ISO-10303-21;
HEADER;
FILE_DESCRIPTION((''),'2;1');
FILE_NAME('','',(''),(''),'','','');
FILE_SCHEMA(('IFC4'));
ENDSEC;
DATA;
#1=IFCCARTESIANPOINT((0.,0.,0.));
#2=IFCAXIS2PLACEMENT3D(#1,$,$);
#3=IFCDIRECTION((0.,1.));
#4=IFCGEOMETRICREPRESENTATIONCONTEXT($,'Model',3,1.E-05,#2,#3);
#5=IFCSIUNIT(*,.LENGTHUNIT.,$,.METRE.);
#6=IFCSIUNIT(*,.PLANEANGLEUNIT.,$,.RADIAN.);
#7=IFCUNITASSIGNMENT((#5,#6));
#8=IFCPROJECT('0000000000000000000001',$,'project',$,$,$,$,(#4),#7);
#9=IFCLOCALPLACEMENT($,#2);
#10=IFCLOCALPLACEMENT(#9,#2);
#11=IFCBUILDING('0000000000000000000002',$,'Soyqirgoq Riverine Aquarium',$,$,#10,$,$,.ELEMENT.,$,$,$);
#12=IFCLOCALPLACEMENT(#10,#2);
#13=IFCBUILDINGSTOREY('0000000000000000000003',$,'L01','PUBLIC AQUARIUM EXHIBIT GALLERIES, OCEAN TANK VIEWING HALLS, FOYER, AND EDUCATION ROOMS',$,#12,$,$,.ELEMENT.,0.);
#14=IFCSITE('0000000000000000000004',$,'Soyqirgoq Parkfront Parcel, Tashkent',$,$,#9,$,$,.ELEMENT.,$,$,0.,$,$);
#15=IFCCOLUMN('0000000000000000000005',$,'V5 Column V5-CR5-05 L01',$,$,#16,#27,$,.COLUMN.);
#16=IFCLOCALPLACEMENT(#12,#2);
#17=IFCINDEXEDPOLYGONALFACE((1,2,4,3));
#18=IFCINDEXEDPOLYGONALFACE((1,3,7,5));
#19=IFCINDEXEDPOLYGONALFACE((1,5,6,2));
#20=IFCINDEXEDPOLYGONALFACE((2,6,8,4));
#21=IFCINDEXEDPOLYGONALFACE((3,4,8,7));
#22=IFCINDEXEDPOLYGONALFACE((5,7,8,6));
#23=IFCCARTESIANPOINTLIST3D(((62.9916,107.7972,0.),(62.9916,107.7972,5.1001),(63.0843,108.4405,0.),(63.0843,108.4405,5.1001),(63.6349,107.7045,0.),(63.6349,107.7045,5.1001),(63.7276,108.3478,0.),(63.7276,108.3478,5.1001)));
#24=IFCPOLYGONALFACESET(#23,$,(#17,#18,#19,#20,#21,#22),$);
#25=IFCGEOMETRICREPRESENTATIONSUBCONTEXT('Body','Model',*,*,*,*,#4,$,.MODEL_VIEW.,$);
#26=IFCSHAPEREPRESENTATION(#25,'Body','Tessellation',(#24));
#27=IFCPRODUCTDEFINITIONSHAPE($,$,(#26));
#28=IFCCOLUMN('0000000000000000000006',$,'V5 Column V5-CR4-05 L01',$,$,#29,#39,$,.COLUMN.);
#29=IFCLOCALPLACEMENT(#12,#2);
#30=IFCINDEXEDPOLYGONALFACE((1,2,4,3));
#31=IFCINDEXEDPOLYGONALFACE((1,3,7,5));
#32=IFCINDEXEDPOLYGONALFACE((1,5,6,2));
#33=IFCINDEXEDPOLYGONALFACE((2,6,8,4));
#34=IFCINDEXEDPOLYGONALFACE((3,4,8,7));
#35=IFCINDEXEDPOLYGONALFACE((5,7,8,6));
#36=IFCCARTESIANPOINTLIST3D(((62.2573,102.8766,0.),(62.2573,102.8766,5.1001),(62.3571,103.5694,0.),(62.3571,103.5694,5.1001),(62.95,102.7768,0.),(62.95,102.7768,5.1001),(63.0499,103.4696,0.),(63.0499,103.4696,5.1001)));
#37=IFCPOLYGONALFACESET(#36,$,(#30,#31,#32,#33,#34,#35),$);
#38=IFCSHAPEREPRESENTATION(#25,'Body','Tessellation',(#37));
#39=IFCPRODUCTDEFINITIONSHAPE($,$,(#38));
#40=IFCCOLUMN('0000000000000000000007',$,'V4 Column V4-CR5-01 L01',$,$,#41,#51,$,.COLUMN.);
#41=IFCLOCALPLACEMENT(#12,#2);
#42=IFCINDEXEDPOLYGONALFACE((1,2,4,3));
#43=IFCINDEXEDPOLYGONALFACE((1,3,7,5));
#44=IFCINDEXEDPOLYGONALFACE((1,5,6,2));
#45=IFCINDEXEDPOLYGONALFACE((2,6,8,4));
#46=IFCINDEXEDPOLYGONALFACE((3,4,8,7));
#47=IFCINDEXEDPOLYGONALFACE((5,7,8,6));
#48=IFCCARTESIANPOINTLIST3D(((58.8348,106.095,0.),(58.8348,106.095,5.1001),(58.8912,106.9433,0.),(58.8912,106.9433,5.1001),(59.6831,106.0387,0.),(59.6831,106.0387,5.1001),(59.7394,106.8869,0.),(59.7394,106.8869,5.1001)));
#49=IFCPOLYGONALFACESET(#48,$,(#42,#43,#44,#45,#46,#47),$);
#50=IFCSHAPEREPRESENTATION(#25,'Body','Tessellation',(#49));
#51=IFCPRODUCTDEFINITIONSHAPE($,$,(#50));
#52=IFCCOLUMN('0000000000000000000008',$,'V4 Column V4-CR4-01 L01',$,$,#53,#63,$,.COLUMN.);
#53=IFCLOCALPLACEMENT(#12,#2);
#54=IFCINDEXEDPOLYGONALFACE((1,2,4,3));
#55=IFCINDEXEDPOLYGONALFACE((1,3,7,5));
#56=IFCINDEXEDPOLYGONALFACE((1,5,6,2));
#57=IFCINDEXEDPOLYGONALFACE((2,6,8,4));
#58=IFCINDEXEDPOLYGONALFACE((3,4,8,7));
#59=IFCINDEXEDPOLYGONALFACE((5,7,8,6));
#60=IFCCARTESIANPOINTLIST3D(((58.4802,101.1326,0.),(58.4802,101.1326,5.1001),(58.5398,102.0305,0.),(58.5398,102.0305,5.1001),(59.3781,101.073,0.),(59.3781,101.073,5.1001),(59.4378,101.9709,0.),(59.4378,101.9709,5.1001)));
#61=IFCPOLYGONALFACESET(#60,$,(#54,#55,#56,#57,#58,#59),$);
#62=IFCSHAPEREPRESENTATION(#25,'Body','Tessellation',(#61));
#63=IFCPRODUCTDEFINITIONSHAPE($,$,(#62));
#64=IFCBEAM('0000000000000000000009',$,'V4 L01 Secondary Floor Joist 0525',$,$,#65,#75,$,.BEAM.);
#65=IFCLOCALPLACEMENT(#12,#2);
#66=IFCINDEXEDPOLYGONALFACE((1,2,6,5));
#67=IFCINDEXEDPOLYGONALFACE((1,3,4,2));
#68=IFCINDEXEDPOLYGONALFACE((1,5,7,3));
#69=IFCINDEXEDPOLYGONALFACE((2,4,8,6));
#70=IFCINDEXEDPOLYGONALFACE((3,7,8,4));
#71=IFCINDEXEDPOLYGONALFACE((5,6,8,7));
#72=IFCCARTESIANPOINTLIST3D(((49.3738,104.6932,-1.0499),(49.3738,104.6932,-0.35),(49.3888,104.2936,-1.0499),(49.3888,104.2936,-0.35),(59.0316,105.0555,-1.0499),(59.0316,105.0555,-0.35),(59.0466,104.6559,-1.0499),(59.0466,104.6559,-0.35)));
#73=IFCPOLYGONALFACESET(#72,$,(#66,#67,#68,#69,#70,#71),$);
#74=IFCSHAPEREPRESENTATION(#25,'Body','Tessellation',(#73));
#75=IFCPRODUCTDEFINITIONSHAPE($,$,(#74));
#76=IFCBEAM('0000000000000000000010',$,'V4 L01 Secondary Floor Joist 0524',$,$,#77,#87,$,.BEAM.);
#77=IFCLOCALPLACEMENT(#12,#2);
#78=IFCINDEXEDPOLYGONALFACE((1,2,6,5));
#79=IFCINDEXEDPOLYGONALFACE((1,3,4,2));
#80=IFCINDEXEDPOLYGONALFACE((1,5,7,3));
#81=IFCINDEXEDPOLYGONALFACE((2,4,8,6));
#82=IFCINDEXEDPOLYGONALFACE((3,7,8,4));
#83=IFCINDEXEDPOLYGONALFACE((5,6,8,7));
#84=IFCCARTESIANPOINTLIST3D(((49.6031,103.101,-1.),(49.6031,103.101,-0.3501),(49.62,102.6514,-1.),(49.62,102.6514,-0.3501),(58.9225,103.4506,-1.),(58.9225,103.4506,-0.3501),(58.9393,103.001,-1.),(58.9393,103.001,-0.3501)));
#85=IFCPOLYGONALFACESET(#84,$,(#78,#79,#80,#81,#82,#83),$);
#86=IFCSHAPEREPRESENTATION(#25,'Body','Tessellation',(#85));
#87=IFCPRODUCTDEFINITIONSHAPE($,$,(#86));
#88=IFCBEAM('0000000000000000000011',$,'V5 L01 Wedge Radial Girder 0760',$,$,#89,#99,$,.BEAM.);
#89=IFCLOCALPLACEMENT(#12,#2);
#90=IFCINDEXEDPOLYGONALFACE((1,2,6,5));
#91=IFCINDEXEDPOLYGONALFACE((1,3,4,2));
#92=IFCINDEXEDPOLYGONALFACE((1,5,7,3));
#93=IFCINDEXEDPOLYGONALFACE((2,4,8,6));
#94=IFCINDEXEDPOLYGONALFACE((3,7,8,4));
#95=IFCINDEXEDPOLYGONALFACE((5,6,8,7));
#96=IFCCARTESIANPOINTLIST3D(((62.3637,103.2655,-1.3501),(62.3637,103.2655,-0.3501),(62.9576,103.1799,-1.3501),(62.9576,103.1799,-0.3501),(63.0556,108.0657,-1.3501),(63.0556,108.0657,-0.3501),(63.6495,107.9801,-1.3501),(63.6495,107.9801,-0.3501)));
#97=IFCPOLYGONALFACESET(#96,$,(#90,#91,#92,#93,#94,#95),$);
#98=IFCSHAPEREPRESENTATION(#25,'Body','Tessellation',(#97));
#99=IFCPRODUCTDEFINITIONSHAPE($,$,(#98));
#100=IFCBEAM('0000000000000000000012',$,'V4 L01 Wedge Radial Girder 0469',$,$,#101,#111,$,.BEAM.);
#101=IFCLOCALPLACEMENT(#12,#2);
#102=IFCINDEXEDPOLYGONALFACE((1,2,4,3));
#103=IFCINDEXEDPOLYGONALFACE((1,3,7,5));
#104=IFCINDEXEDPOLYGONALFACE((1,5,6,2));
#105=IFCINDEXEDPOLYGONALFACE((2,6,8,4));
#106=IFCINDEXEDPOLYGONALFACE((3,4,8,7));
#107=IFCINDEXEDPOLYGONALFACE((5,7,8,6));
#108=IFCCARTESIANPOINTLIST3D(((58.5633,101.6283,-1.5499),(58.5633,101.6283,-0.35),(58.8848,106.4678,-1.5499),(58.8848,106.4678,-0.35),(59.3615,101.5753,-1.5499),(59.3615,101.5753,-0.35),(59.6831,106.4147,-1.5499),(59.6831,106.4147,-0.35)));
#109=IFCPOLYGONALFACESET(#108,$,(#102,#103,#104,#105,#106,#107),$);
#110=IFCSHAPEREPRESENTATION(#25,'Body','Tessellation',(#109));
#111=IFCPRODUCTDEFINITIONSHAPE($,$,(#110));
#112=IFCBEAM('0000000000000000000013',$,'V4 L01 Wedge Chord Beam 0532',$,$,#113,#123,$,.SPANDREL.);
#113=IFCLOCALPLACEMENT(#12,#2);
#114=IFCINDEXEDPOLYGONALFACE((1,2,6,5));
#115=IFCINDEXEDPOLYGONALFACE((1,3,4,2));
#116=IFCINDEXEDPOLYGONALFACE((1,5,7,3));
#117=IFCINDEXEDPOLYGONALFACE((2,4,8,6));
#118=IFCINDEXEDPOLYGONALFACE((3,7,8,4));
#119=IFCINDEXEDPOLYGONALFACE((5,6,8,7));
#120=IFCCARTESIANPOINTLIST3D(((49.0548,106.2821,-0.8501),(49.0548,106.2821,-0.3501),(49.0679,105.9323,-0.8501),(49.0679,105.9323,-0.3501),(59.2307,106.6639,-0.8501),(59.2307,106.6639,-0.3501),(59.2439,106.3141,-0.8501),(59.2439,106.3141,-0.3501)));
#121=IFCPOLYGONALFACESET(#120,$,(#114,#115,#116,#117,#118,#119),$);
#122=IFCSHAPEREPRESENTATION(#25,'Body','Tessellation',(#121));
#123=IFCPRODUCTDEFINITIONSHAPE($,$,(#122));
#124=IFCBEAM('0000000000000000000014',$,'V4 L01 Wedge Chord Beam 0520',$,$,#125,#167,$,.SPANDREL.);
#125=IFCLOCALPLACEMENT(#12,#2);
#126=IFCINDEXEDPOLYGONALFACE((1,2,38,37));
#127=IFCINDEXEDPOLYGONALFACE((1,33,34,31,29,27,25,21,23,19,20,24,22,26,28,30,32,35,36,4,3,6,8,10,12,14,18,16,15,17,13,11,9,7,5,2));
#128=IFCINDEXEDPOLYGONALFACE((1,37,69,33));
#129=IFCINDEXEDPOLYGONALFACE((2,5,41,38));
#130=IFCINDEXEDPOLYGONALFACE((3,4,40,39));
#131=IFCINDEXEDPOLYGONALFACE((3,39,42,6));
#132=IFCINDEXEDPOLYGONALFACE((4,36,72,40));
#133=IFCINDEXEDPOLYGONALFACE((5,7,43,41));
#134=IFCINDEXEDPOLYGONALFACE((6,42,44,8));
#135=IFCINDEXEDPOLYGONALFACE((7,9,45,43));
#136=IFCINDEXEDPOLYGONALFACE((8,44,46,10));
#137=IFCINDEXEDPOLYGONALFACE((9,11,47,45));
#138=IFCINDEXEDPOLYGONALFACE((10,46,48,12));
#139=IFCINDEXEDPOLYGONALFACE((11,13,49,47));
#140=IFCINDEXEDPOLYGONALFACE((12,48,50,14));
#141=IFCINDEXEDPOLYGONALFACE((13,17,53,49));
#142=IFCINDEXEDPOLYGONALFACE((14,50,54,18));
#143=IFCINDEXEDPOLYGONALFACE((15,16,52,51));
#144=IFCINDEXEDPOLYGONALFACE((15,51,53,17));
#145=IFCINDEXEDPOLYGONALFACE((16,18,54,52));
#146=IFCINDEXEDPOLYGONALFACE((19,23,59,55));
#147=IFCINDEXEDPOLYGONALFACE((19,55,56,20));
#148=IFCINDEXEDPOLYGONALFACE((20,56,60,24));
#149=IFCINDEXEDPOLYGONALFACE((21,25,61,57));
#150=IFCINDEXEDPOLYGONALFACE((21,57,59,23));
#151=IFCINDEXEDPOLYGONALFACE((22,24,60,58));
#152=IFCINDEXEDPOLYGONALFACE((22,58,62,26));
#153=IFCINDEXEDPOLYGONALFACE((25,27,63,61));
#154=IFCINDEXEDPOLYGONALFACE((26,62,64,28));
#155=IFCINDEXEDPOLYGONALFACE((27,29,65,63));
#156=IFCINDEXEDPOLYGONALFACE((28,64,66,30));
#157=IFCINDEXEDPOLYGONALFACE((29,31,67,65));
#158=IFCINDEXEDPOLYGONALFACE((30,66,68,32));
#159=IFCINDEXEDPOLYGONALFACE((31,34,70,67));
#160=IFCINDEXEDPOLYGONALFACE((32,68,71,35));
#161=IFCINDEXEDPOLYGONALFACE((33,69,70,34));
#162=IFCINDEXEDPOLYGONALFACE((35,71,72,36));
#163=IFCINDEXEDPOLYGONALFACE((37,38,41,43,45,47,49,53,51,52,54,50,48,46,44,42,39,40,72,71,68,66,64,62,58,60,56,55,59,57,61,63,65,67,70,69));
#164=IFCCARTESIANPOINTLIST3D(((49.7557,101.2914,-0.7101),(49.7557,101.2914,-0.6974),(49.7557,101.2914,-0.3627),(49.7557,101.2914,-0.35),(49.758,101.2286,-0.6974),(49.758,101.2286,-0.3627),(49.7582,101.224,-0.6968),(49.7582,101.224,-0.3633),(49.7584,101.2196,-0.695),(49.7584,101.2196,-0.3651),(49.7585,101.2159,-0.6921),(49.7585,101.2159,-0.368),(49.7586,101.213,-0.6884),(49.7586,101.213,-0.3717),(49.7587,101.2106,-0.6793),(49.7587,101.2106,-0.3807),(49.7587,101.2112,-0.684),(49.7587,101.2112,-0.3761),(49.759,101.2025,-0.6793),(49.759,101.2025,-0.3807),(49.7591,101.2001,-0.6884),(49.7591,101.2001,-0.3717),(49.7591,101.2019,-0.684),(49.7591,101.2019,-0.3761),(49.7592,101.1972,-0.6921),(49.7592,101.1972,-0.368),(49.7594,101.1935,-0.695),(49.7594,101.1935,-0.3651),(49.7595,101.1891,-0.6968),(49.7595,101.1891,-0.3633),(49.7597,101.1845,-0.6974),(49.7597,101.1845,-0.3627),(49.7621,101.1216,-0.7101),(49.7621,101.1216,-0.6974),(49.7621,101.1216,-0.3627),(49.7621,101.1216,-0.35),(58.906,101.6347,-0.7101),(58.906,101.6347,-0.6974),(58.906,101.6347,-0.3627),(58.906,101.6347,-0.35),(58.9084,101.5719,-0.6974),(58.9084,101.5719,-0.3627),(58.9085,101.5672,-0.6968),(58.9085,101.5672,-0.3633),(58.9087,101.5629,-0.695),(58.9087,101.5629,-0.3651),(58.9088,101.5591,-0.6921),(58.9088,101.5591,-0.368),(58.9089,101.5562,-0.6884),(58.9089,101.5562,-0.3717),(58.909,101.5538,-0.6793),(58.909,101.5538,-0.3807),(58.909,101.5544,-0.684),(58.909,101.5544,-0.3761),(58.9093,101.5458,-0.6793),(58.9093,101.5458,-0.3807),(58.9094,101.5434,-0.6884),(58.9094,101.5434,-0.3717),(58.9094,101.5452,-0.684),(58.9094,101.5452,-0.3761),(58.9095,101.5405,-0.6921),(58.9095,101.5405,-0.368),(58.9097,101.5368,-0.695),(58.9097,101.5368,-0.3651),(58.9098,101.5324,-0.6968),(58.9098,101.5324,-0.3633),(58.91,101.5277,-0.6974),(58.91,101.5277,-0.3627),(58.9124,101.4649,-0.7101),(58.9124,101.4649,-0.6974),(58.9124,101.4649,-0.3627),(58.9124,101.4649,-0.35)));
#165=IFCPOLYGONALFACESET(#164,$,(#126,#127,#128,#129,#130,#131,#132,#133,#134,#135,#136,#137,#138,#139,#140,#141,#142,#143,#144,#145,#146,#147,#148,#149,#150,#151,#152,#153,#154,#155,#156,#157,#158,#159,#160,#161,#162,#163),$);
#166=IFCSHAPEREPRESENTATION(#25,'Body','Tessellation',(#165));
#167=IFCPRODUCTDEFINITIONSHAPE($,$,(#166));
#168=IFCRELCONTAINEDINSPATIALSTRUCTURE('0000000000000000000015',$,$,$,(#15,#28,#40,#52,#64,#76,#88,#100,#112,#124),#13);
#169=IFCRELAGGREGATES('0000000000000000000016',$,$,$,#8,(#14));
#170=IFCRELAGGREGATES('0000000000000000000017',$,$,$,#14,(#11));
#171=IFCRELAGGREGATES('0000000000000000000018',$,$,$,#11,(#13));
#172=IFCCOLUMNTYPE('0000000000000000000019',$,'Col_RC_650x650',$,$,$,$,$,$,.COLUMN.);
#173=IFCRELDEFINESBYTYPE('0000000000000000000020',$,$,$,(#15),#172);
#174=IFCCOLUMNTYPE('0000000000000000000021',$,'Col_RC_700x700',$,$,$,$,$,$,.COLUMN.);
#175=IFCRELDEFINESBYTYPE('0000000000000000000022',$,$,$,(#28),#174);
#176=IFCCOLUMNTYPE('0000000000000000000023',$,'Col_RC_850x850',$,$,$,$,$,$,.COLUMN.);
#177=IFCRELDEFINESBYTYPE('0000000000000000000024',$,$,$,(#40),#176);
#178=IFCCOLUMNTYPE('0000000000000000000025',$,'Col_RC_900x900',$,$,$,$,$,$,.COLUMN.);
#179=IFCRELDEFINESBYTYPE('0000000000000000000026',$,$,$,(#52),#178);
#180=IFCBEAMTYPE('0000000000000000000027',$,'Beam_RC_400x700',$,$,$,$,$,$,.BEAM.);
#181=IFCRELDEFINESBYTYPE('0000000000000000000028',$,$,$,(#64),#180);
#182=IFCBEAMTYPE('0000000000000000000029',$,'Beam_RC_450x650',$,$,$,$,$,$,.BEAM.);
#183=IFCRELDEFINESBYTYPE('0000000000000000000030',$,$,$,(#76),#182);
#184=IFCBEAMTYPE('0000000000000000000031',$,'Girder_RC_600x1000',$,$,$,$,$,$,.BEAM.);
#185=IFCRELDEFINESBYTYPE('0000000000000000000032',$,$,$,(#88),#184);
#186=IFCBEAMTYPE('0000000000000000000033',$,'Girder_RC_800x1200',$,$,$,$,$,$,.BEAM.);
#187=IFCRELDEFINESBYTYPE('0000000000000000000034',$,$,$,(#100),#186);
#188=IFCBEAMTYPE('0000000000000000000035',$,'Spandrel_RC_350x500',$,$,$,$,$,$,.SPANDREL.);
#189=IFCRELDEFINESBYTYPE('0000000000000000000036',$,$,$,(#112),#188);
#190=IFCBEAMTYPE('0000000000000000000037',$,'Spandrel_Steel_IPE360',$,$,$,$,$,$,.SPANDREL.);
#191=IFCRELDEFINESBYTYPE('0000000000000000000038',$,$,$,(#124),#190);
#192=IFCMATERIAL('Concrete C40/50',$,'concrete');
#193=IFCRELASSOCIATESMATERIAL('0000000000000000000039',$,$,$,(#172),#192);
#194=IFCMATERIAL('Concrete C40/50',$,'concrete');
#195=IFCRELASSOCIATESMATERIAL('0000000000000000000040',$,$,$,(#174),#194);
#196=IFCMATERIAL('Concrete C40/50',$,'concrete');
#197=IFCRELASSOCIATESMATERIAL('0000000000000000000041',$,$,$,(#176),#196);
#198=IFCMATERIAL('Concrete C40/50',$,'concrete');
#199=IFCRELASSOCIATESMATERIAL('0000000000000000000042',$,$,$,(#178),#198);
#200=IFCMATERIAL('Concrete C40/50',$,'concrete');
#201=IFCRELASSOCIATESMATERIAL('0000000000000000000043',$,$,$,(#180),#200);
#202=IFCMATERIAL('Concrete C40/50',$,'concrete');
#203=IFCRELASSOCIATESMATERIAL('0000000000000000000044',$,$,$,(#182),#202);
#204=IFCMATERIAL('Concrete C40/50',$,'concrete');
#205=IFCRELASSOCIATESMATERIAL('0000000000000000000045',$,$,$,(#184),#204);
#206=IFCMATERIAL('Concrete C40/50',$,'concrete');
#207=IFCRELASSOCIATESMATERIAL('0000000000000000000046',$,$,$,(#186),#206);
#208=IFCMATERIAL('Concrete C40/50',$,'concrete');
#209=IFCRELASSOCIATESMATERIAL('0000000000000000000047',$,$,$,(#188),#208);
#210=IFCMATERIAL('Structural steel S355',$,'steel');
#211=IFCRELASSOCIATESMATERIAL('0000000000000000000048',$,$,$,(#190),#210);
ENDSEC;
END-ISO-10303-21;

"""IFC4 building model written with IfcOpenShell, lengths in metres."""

from ifc_helpers import new_model, si_unit, direction, frame, origin, origin_2d, place, context, subcontext, project, spatial, rectangle, i_section, extrude, material, material_profile, profile_set, type_object, element, save


model = new_model("IFC4")

# Units and contexts
model_context = context("Model", 3, precision=1e-05, world=origin(), true_north=direction((0.0, 1.0)))
body_context = subcontext(model_context, "Body", "Model", "MODEL_VIEW")
ifc_project = project(units=[si_unit("LENGTHUNIT", "METRE"), si_unit("PLANEANGLEUNIT", "RADIAN")], contexts=[model_context])

# Site, building, storey
site_placement = place(None, origin())
site = spatial("IfcSite", under=ifc_project, at=site_placement, Name="Soyqirgoq Parkfront Parcel, Tashkent", CompositionType="ELEMENT", RefElevation=0.0)
building_placement = place(site_placement, origin())
building = spatial("IfcBuilding", under=site, at=building_placement, Name="Soyqirgoq Riverine Aquarium", CompositionType="ELEMENT")
storey_placement = place(building_placement, origin())
storey = spatial("IfcBuildingStorey", under=building, at=storey_placement, Name="L01", Description="PUBLIC AQUARIUM EXHIBIT GALLERIES, OCEAN TANK VIEWING HALLS, FOYER, AND EDUCATION ROOMS", CompositionType="ELEMENT", Elevation=0.0)

# Columns
ifc_material_1 = material(Name="Concrete C40/50", Category="concrete")
ifc_material_profile_1 = material_profile(ifc_material_1, rectangle(XDim=0.6499, YDim=0.6499, at=origin_2d()), Name="RC 650x650")
ifc_profile_set_1 = profile_set([ifc_material_profile_1], Name="Concrete C40/50")
column_type_1 = type_object("IfcColumnType", Name="Col_RC_650x650", PredefinedType="COLUMN", material=ifc_profile_set_1)
column_1_placement = place(storey_placement, frame((63.3596, 108.0725, 0.0), z_axis=(0.0, 0.0, 1.0), x_axis=(0.142629, 0.989776, 0.0)))
element("IfcColumn", 1, at=column_1_placement, inside=storey, type_object=column_type_1, Name="V5 Column V5-CR5-05 L01", PredefinedType="COLUMN", context=body_context, shape_type="SweptSolid", body=[
    extrude(rectangle(XDim=0.6499, YDim=0.6499, at=origin_2d()), origin(), (0.0, 0.0, 1.0), 5.1001),
])
ifc_material_2 = material(Name="Concrete C40/50", Category="concrete")
ifc_material_profile_2 = material_profile(ifc_material_2, rectangle(XDim=0.7, YDim=0.7, at=origin_2d()), Name="RC 700x700")
ifc_profile_set_2 = profile_set([ifc_material_profile_2], Name="Concrete C40/50")
column_type_2 = type_object("IfcColumnType", Name="Col_RC_700x700", PredefinedType="COLUMN", material=ifc_profile_set_2)
column_2_placement = place(storey_placement, frame((62.6536, 103.1731, 0.0), z_axis=(0.0, 0.0, 1.0), x_axis=(0.142629, 0.989776, 0.0)))
element("IfcColumn", 2, at=column_2_placement, inside=storey, type_object=column_type_2, Name="V5 Column V5-CR4-05 L01", PredefinedType="COLUMN", context=body_context, shape_type="SweptSolid", body=[
    extrude(rectangle(XDim=0.7, YDim=0.7, at=origin_2d()), origin(), (0.0, 0.0, 1.0), 5.1001),
])
ifc_material_3 = material(Name="Concrete C40/50", Category="concrete")
ifc_material_profile_3 = material_profile(ifc_material_3, rectangle(XDim=0.8501, YDim=0.8501, at=origin_2d()), Name="RC 850x850")
ifc_profile_set_3 = profile_set([ifc_material_profile_3], Name="Concrete C40/50")
column_type_3 = type_object("IfcColumnType", Name="Col_RC_850x850", PredefinedType="COLUMN", material=ifc_profile_set_3)
column_3_placement = place(storey_placement, frame((59.2871, 106.491, 0.0), z_axis=(0.0, 0.0, 1.0), x_axis=(0.066274, 0.997801, 0.0)))
element("IfcColumn", 3, at=column_3_placement, inside=storey, type_object=column_type_3, Name="V4 Column V4-CR5-01 L01", PredefinedType="COLUMN", context=body_context, shape_type="SweptSolid", body=[
    extrude(rectangle(XDim=0.8501, YDim=0.8501, at=origin_2d()), origin(), (0.0, 0.0, 1.0), 5.1001),
])
ifc_material_4 = material(Name="Concrete C40/50", Category="concrete")
ifc_material_profile_4 = material_profile(ifc_material_4, rectangle(XDim=0.8999, YDim=0.8999, at=origin_2d()), Name="RC 900x900")
ifc_profile_set_4 = profile_set([ifc_material_profile_4], Name="Concrete C40/50")
column_type_4 = type_object("IfcColumnType", Name="Col_RC_900x900", PredefinedType="COLUMN", material=ifc_profile_set_4)
column_4_placement = place(storey_placement, frame((58.959, 101.5518, 0.0), z_axis=(0.0, 0.0, 1.0), x_axis=(0.066274, 0.997801, 0.0)))
element("IfcColumn", 4, at=column_4_placement, inside=storey, type_object=column_type_4, Name="V4 Column V4-CR4-01 L01", PredefinedType="COLUMN", context=body_context, shape_type="SweptSolid", body=[
    extrude(rectangle(XDim=0.8999, YDim=0.8999, at=origin_2d()), origin(), (0.0, 0.0, 1.0), 5.1001),
])

# Beams
ifc_material_5 = material(Name="Concrete C40/50", Category="concrete")
ifc_material_profile_5 = material_profile(ifc_material_5, rectangle(XDim=0.3999, YDim=0.7, at=origin_2d()), Name="RC 400x700")
ifc_profile_set_5 = profile_set([ifc_material_profile_5], Name="Concrete C40/50")
beam_type_1 = type_object("IfcBeamType", Name="Beam_RC_400x700", PredefinedType="BEAM", material=ifc_profile_set_5)
beam_1_placement = place(storey_placement, frame((59.0391, 104.8557, -0.7), z_axis=(-0.999297, -0.037488, 0.0), x_axis=(0.037488, -0.999297, 0.0)))
element("IfcBeam", 5, at=beam_1_placement, inside=storey, type_object=beam_type_1, Name="V4 L01 Secondary Floor Joist 0525", PredefinedType="BEAM", context=body_context, shape_type="SweptSolid", body=[
    extrude(rectangle(XDim=0.3999, YDim=0.7, at=origin_2d()), origin(), (0.0, 0.0, 1.0), 9.6646),
])
ifc_material_6 = material(Name="Concrete C40/50", Category="concrete")
ifc_material_profile_6 = material_profile(ifc_material_6, rectangle(XDim=0.45, YDim=0.6499, at=origin_2d()), Name="RC 450x650")
ifc_profile_set_6 = profile_set([ifc_material_profile_6], Name="Concrete C40/50")
beam_type_2 = type_object("IfcBeamType", Name="Beam_RC_450x650", PredefinedType="BEAM", material=ifc_profile_set_6)
beam_2_placement = place(storey_placement, frame((58.9309, 103.2258, -0.675), z_axis=(-0.999297, -0.037488, 0.0), x_axis=(0.037488, -0.999297, 0.0)))
element("IfcBeam", 6, at=beam_2_placement, inside=storey, type_object=beam_type_2, Name="V4 L01 Secondary Floor Joist 0524", PredefinedType="BEAM", context=body_context, shape_type="SweptSolid", body=[
    extrude(rectangle(XDim=0.45, YDim=0.6499, at=origin_2d()), origin(), (0.0, 0.0, 1.0), 9.3259),
])
ifc_material_7 = material(Name="Concrete C40/50", Category="concrete")
ifc_material_profile_7 = material_profile(ifc_material_7, rectangle(XDim=0.6001, YDim=1.0, at=origin_2d()), Name="RC 600x1000")
ifc_profile_set_7 = profile_set([ifc_material_profile_7], Name="Concrete C40/50")
beam_type_3 = type_object("IfcBeamType", Name="Girder_RC_600x1000", PredefinedType="BEAM", material=ifc_profile_set_7)
beam_3_placement = place(storey_placement, frame((62.6606, 103.2227, -0.8501), z_axis=(0.142662, 0.989772, 0.0), x_axis=(-0.989772, 0.142662, 0.0)))
element("IfcBeam", 7, at=beam_3_placement, inside=storey, type_object=beam_type_3, Name="V5 L01 Wedge Radial Girder 0760", PredefinedType="BEAM", context=body_context, shape_type="SweptSolid", body=[
    extrude(rectangle(XDim=0.6001, YDim=1.0, at=origin_2d()), origin(), (0.0, 0.0, 1.0), 4.8499),
])
ifc_material_8 = material(Name="Concrete C40/50", Category="concrete")
ifc_material_profile_8 = material_profile(ifc_material_8, rectangle(XDim=0.8, YDim=1.2, at=origin_2d()), Name="RC 800x1200")
ifc_profile_set_8 = profile_set([ifc_material_profile_8], Name="Concrete C40/50")
beam_type_4 = type_object("IfcBeamType", Name="Girder_RC_800x1200", PredefinedType="BEAM", material=ifc_profile_set_8)
beam_4_placement = place(storey_placement, frame((58.9624, 101.6018, -0.95), z_axis=(0.066295, 0.9978, 0.0), x_axis=(-0.9978, 0.066295, 0.0)))
element("IfcBeam", 8, at=beam_4_placement, inside=storey, type_object=beam_type_4, Name="V4 L01 Wedge Radial Girder 0469", PredefinedType="BEAM", context=body_context, shape_type="SweptSolid", body=[
    extrude(rectangle(XDim=0.8, YDim=1.2, at=origin_2d()), origin(), (0.0, 0.0, 1.0), 4.8501),
])
ifc_material_9 = material(Name="Concrete C40/50", Category="concrete")
ifc_material_profile_9 = material_profile(ifc_material_9, rectangle(XDim=0.3501, YDim=0.5, at=origin_2d()), Name="RC 350x500")
ifc_profile_set_9 = profile_set([ifc_material_profile_9], Name="Concrete C40/50")
beam_type_5 = type_object("IfcBeamType", Name="Spandrel_RC_350x500", PredefinedType="SPANDREL", material=ifc_profile_set_9)
beam_5_placement = place(storey_placement, frame((59.2373, 106.489, -0.6001), z_axis=(-0.999297, -0.037497, 0.0), x_axis=(0.037497, -0.999297, 0.0)))
element("IfcBeam", 9, at=beam_5_placement, inside=storey, type_object=beam_type_5, Name="V4 L01 Wedge Chord Beam 0532", PredefinedType="SPANDREL", context=body_context, shape_type="SweptSolid", body=[
    extrude(rectangle(XDim=0.3501, YDim=0.5, at=origin_2d()), origin(), (0.0, 0.0, 1.0), 10.1831),
])
ifc_material_10 = material(Name="Structural steel S355", Category="steel")
ifc_material_profile_10 = material_profile(ifc_material_10, i_section(OverallWidth=0.1699, OverallDepth=0.3601, WebThickness=0.0081, FlangeThickness=0.0127, FilletRadius=0.0181, at=origin_2d()), Name="IPE 360")
ifc_profile_set_10 = profile_set([ifc_material_profile_10], Name="Structural steel S355")
beam_type_6 = type_object("IfcBeamType", Name="Spandrel_Steel_IPE360", PredefinedType="SPANDREL", material=ifc_profile_set_10)
beam_6_placement = place(storey_placement, frame((58.9092, 101.5498, -0.53), z_axis=(-0.999297, -0.037487, 0.0), x_axis=(0.037487, -0.999297, 0.0)))
element("IfcBeam", 10, at=beam_6_placement, inside=storey, type_object=beam_type_6, Name="V4 L01 Wedge Chord Beam 0520", PredefinedType="SPANDREL", context=body_context, shape_type="SweptSolid", body=[
    extrude(i_section(OverallWidth=0.1699, OverallDepth=0.3601, WebThickness=0.0081, FlangeThickness=0.0127, FilletRadius=0.0181, at=origin_2d()), origin(), (0.0, 0.0, 1.0), 9.1567),
])

save(model, "model.ifc")
